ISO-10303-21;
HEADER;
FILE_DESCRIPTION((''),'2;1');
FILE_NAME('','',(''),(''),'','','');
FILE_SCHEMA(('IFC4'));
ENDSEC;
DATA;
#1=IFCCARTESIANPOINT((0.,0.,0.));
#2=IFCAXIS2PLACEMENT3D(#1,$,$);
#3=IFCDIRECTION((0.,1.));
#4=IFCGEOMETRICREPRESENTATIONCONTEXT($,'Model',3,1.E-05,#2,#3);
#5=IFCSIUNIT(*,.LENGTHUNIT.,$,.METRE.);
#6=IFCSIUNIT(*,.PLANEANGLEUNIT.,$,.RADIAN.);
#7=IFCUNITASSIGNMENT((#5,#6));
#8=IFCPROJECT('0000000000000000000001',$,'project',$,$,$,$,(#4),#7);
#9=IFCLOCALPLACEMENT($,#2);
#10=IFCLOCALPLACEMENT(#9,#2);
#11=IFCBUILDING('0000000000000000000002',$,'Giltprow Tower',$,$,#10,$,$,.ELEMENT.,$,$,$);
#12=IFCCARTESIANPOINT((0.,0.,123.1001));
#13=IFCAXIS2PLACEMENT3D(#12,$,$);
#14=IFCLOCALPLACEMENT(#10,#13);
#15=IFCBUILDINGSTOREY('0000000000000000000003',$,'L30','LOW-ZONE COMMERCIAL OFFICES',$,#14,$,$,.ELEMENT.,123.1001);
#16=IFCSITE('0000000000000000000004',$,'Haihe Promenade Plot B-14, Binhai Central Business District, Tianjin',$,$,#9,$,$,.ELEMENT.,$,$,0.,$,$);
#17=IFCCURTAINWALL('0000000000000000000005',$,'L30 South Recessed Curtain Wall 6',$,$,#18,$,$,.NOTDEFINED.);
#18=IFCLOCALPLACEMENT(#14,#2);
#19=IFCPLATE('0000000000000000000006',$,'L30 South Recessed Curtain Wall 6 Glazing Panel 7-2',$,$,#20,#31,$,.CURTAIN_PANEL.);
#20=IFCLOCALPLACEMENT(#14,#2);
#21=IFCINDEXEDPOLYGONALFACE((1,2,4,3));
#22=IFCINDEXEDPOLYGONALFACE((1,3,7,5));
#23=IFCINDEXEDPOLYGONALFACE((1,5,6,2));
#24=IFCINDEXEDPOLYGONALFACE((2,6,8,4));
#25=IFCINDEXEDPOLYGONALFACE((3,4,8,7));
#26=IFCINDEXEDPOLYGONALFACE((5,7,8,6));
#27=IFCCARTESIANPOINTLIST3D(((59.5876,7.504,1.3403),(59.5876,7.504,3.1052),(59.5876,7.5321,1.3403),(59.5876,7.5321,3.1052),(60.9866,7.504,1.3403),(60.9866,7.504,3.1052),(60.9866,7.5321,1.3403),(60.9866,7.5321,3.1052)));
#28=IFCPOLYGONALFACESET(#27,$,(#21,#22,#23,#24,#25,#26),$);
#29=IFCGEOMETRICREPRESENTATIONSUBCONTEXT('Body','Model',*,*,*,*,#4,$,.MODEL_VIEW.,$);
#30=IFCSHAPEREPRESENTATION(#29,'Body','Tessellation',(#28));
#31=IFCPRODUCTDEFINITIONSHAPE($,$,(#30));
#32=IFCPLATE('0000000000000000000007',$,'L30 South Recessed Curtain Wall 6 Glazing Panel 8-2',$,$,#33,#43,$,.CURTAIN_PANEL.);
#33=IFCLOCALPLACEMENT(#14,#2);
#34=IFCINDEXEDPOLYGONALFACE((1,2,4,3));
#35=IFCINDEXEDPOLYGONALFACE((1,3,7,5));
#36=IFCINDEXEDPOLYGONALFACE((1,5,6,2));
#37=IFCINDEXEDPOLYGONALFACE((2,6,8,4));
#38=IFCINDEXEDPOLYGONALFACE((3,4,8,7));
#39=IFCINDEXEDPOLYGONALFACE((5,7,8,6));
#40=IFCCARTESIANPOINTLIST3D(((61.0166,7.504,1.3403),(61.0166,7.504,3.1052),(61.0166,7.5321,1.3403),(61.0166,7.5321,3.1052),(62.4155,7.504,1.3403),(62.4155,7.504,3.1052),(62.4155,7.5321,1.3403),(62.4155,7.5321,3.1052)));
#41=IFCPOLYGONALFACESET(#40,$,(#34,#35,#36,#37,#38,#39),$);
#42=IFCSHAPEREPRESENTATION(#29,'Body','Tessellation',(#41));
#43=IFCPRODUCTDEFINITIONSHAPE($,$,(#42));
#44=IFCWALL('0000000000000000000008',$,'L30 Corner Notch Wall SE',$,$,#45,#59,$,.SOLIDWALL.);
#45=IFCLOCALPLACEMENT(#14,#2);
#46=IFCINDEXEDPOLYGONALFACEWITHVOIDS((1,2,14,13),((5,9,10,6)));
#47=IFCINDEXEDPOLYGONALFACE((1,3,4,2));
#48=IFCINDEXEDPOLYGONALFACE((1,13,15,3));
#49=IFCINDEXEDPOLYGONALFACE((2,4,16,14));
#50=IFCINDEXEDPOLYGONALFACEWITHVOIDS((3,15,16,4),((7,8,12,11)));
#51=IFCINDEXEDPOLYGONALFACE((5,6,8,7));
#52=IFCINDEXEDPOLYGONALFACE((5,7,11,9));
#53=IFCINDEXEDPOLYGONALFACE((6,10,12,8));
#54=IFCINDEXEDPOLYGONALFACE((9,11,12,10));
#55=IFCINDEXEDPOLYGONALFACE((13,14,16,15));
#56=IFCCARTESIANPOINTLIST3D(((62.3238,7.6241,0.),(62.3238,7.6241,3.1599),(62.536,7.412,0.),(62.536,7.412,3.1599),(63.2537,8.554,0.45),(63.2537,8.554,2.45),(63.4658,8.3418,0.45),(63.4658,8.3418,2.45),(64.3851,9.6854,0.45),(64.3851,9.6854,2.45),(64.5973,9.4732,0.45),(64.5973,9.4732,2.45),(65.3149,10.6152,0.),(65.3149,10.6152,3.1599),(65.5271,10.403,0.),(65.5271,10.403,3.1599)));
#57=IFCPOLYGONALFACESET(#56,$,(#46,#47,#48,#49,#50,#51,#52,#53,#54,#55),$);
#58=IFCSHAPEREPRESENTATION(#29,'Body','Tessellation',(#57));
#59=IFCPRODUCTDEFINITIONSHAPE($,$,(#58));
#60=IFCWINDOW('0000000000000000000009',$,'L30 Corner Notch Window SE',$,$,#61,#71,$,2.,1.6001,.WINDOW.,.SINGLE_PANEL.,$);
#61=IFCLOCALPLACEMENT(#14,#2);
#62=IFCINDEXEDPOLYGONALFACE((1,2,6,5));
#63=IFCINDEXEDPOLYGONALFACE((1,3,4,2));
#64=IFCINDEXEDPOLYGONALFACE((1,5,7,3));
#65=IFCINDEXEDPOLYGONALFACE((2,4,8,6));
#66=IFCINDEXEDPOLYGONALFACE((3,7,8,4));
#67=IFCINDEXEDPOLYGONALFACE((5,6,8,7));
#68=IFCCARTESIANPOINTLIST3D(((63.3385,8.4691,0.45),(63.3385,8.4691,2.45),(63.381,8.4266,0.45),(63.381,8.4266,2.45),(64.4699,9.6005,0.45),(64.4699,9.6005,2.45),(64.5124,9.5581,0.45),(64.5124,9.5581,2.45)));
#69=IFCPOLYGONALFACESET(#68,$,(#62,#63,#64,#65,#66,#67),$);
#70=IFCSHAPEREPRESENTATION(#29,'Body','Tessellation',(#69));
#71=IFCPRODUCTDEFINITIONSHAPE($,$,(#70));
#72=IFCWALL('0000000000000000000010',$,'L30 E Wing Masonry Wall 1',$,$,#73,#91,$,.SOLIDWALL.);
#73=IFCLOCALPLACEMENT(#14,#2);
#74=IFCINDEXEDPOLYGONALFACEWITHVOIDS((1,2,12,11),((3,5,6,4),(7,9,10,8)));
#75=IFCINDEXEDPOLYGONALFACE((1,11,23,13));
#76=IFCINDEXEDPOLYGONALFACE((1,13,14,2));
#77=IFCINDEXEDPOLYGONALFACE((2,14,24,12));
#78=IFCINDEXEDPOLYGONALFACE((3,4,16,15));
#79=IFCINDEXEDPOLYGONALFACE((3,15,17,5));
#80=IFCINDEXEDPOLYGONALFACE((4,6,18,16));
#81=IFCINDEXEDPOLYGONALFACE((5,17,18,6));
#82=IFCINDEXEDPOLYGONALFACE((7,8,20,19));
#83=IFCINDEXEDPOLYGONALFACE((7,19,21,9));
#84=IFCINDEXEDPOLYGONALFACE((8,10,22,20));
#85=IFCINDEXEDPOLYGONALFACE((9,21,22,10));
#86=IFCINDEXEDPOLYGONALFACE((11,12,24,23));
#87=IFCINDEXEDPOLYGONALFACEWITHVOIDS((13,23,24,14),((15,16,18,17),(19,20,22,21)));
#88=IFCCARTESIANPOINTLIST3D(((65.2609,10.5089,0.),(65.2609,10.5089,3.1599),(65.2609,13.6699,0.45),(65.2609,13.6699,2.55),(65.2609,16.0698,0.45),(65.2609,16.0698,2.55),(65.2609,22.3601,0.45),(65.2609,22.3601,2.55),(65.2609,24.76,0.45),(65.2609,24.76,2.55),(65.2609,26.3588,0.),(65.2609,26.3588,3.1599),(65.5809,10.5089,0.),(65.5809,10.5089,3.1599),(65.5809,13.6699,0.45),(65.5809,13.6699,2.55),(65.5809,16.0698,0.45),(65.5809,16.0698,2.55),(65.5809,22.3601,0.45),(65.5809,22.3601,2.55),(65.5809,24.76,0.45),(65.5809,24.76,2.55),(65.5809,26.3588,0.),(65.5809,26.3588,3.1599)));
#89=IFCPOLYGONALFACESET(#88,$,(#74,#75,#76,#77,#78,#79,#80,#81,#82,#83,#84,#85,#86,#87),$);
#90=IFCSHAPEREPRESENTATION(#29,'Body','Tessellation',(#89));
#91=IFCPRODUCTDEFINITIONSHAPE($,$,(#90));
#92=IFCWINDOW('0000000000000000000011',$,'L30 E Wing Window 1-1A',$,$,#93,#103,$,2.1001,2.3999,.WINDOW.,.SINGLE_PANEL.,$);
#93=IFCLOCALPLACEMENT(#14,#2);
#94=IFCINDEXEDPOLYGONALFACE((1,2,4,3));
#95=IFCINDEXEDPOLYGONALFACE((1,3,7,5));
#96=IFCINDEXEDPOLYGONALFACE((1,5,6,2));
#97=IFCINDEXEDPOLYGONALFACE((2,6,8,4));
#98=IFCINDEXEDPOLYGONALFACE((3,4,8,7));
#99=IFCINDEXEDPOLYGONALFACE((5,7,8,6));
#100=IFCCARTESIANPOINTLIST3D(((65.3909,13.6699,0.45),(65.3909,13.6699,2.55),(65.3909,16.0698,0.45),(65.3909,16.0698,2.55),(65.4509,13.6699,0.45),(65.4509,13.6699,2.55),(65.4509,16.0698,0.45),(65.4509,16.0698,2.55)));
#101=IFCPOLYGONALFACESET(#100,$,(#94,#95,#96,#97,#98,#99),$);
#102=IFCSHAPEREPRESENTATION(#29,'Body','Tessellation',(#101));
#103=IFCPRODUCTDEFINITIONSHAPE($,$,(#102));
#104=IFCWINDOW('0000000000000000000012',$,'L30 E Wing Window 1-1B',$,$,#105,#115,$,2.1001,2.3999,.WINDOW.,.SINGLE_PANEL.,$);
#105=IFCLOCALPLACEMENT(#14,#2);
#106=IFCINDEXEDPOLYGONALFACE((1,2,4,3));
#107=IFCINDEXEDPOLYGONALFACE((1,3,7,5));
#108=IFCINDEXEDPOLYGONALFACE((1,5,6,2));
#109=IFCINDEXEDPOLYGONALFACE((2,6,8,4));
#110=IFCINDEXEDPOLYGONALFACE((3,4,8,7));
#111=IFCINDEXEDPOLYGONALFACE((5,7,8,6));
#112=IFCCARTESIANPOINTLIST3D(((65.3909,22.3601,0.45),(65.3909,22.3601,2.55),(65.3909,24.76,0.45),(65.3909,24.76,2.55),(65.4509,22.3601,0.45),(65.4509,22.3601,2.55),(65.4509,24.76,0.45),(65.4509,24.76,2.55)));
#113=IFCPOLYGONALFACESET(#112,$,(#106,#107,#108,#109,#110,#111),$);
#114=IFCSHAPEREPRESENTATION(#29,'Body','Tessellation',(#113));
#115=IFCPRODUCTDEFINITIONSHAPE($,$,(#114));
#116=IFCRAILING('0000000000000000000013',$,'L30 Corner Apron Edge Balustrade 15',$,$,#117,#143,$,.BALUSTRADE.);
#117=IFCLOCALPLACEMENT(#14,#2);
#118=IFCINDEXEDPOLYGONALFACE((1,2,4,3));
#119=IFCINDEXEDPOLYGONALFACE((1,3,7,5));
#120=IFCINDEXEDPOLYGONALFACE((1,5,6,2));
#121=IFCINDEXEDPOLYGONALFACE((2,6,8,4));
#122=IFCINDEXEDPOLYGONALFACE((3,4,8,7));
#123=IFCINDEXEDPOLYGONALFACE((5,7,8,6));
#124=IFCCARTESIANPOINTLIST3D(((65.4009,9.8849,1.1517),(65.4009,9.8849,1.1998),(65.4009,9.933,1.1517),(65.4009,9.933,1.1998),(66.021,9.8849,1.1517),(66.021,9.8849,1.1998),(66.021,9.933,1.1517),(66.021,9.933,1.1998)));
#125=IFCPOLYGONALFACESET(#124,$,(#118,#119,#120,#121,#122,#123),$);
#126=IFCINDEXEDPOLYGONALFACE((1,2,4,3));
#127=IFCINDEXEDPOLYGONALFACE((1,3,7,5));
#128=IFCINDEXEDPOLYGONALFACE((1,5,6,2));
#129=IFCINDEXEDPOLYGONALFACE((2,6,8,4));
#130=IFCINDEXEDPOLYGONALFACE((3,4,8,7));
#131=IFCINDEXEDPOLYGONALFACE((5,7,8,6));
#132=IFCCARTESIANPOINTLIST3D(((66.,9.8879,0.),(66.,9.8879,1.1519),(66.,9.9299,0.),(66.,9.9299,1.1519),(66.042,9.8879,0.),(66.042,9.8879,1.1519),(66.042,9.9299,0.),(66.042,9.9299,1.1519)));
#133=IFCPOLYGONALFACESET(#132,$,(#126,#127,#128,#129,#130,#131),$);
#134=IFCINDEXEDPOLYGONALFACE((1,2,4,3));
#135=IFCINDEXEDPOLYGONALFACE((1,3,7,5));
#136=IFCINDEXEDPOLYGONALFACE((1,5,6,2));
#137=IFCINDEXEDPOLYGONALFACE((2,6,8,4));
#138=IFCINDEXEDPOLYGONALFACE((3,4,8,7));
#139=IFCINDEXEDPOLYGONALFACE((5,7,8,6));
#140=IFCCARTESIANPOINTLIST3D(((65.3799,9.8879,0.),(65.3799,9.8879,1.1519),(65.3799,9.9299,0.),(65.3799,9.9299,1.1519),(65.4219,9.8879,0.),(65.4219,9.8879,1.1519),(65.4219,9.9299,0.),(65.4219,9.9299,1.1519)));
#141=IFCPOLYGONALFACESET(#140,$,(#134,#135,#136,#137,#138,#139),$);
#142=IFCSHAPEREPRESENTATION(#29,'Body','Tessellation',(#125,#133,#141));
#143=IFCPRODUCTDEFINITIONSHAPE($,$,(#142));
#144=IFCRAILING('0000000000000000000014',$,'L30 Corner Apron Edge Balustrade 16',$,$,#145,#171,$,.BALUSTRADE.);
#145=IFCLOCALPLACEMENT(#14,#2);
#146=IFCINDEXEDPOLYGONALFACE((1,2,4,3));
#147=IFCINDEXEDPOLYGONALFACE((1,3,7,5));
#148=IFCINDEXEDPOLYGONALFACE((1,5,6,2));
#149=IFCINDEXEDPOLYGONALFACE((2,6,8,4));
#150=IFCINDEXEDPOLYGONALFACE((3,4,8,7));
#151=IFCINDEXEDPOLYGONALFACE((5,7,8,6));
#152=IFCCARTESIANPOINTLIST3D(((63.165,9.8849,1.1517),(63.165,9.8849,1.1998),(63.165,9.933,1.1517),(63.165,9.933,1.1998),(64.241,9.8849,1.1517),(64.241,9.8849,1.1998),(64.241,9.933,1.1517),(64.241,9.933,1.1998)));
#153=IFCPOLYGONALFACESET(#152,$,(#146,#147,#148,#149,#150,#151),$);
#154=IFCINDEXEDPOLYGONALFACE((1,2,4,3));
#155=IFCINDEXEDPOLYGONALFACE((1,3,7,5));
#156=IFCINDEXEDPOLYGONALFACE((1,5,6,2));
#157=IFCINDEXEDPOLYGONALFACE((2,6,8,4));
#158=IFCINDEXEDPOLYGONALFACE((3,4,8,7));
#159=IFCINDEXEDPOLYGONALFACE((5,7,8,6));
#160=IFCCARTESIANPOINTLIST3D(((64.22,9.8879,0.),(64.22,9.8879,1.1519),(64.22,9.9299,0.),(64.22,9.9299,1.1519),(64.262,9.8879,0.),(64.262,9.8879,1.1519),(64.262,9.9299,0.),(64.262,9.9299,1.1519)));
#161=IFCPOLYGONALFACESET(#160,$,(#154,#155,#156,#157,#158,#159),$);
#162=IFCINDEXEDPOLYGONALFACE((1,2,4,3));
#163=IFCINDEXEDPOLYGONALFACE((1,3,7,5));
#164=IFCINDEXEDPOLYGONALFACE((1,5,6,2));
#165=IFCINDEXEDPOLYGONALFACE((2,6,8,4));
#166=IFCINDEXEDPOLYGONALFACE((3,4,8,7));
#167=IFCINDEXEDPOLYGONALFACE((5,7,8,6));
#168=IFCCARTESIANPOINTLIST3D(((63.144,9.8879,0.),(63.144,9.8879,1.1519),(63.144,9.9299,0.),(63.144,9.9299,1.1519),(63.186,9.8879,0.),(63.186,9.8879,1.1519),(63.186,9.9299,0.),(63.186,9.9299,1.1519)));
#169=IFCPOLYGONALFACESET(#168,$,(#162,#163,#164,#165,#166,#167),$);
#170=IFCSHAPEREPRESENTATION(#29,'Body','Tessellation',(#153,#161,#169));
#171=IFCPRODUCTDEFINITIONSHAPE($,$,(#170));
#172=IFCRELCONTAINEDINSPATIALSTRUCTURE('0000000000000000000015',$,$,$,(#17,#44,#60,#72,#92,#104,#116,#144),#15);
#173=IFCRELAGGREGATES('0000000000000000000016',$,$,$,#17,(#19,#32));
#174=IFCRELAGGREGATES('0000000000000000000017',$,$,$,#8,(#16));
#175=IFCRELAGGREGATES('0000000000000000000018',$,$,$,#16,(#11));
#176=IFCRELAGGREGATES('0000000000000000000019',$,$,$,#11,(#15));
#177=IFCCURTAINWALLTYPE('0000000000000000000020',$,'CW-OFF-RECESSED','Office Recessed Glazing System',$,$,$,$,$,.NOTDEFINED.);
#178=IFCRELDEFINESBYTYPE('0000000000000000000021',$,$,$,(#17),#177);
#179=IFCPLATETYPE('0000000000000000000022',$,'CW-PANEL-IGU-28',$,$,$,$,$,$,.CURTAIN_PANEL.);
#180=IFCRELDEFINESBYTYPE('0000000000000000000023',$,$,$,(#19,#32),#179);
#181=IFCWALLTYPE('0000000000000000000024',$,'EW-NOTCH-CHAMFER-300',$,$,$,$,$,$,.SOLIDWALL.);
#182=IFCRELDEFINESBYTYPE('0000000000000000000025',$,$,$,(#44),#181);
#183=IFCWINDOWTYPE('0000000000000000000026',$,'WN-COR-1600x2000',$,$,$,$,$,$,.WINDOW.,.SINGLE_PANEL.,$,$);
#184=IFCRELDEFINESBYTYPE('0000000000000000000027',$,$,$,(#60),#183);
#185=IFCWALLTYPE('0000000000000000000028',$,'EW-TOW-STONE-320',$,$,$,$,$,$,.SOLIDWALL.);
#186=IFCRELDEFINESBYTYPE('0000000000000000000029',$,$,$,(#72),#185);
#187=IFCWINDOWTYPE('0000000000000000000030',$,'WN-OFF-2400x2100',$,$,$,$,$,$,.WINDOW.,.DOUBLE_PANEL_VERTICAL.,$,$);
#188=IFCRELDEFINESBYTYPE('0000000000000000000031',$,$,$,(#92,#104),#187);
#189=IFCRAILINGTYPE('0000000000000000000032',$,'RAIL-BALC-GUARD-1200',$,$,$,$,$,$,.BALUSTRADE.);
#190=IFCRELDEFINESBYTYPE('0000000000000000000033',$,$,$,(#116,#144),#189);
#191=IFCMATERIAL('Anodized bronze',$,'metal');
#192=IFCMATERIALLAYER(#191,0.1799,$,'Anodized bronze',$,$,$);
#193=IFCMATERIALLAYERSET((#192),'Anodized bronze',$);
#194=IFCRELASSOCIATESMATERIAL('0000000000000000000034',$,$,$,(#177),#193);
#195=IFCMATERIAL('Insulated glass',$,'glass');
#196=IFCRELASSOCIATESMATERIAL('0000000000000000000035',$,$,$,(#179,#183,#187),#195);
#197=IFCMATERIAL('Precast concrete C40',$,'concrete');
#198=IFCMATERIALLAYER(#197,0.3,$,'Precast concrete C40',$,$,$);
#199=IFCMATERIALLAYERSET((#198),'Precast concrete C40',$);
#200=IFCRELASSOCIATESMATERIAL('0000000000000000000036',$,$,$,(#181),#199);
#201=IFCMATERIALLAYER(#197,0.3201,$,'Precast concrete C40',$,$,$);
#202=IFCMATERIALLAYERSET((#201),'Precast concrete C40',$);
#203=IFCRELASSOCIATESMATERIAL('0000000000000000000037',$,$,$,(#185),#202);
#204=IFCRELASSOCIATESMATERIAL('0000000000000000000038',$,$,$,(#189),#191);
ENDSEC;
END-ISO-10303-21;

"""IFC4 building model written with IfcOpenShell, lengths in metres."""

from ifc_helpers import new_model, si_unit, direction, frame, frame_2d, origin, origin_2d, place, context, subcontext, project, spatial, rectangle, extrude, source, transform, mapped, material, layer, layer_set, type_object, element, fill, aggregate, save


model = new_model("IFC4")

# Units and contexts
model_context = context("Model", 3, precision=1e-05, world=origin(), true_north=direction((0.0, 1.0)))
body_context = subcontext(model_context, "Body", "Model", "MODEL_VIEW")
ifc_project = project(units=[si_unit("LENGTHUNIT", "METRE"), si_unit("PLANEANGLEUNIT", "RADIAN")], contexts=[model_context])

# Site, building, storey
site_placement = place(None, origin())
site = spatial("IfcSite", under=ifc_project, at=site_placement, Name="Haihe Promenade Plot B-14, Binhai Central Business District, Tianjin", CompositionType="ELEMENT", RefElevation=0.0)
building_placement = place(site_placement, origin())
building = spatial("IfcBuilding", under=site, at=building_placement, Name="Giltprow Tower", CompositionType="ELEMENT")
storey_placement = place(building_placement, frame((0.0, 0.0, 123.1001)))
storey = spatial("IfcBuildingStorey", under=building, at=storey_placement, Name="L30", Description="LOW-ZONE COMMERCIAL OFFICES", CompositionType="ELEMENT", Elevation=123.1001)

# Curtain wall, plates
ifc_material_1 = material(Name="Anodized bronze", Category="metal")
ifc_layer_1 = layer(ifc_material_1, 0.1799, Name="Anodized bronze")
ifc_layer_set_1 = layer_set([ifc_layer_1], Name="Anodized bronze")
curtain_wall_type = type_object("IfcCurtainWallType", Name="CW-OFF-RECESSED", Description="Office Recessed Glazing System", PredefinedType="NOTDEFINED", material=ifc_layer_set_1)
curtain_wall_placement = place(storey_placement, origin())
curtain_wall = element("IfcCurtainWall", 1, at=curtain_wall_placement, inside=storey, type_object=curtain_wall_type, Name="L30 South Recessed Curtain Wall 6", PredefinedType="NOTDEFINED")
ifc_material_2 = material(Name="Insulated glass", Category="glass")
plate_type = type_object("IfcPlateType", Name="CW-PANEL-IGU-28", PredefinedType="CURTAIN_PANEL", material=ifc_material_2)
shared_shape_1 = source(origin(), body_context, "Body", "SweptSolid", [
    extrude(rectangle(XDim=1.3989, YDim=0.0281, at=origin_2d()), origin(), (0.0, 0.0, 1.0), 1.7649),
])
plate_1_placement = place(storey_placement, frame((60.2871, 7.5181, 1.3403), z_axis=(0.0, 0.0, 1.0), x_axis=(1.0, 0.0, 0.0)))
plate_1 = element("IfcPlate", 2, at=plate_1_placement, type_object=plate_type, Name="L30 South Recessed Curtain Wall 6 Glazing Panel 7-2", PredefinedType="CURTAIN_PANEL", context=body_context, shape_type="MappedRepresentation", body=[
    mapped(shared_shape_1, transform((0.0, 0.0, 0.0), x_axis=(1.0, 0.0, 0.0), y_axis=(0.0, 1.0, 0.0), z_axis=(0.0, 0.0, 1.0), scale=1.0)),
])
plate_2_placement = place(storey_placement, frame((61.7161, 7.5181, 1.3403), z_axis=(0.0, 0.0, 1.0), x_axis=(1.0, 0.0, 0.0)))
plate_2 = element("IfcPlate", 3, at=plate_2_placement, type_object=plate_type, Name="L30 South Recessed Curtain Wall 6 Glazing Panel 8-2", PredefinedType="CURTAIN_PANEL", context=body_context, shape_type="MappedRepresentation", body=[
    mapped(shared_shape_1, transform((0.0, 0.0, 0.0), x_axis=(1.0, 0.0, 0.0), y_axis=(0.0, 1.0, 0.0), z_axis=(0.0, 0.0, 1.0), scale=1.0)),
])
aggregate(curtain_wall, [plate_1, plate_2])

# Wall, opening, window
ifc_material_3 = material(Name="Precast concrete C40", Category="concrete")
ifc_layer_2 = layer(ifc_material_3, 0.3, Name="Precast concrete C40")
ifc_layer_set_2 = layer_set([ifc_layer_2], Name="Precast concrete C40")
wall_type_1 = type_object("IfcWallType", Name="EW-NOTCH-CHAMFER-300", PredefinedType="SOLIDWALL", material=ifc_layer_set_2)
wall_1_placement = place(storey_placement, frame((62.4299, 7.5181, 0.0), z_axis=(0.0, 0.0, 1.0), x_axis=(0.707107, 0.707107, 0.0)))
wall_1 = element("IfcWall", 4, at=wall_1_placement, inside=storey, type_object=wall_type_1, Name="L30 Corner Notch Wall SE", PredefinedType="SOLIDWALL", context=body_context, shape_type="SweptSolid", body=[
    extrude(rectangle(XDim=4.23, YDim=0.3, at=frame_2d((2.115, 0.0))), origin(), (0.0, 0.0, 1.0), 3.1599),
])
opening_1_placement = place(wall_1_placement, frame((1.3149, 0.0, 0.45)))
opening_1 = element("IfcOpeningElement", 5, at=opening_1_placement, cuts=wall_1, PredefinedType="OPENING", context=body_context, shape_type="SweptSolid", body=[
    extrude(rectangle(XDim=1.6001, YDim=2.0, at=frame_2d((0.8, 1.0))), frame((0.0, 0.1599, 0.0), z_axis=(0.0, -1.0, 0.0), x_axis=(1.0, 0.0, 0.0)), (0.0, 0.0, 1.0), 0.3201),
])
window_type_1 = type_object("IfcWindowType", Name="WN-COR-1600x2000", PartitioningType="SINGLE_PANEL", PredefinedType="WINDOW", material=ifc_material_2)
shared_shape_2 = source(origin(), body_context, "Body", "SweptSolid", [
    extrude(rectangle(XDim=1.6001, YDim=2.0, at=frame_2d((0.8, 1.0))), frame((0.0, 0.03, 0.0), z_axis=(0.0, -1.0, 0.0), x_axis=(1.0, 0.0, 0.0)), (0.0, 0.0, 1.0), 0.0601),
])
window_1_placement = place(opening_1_placement, origin())
window_1 = element("IfcWindow", 6, at=window_1_placement, inside=storey, type_object=window_type_1, Name="L30 Corner Notch Window SE", OverallHeight=2.0, OverallWidth=1.6001, PartitioningType="SINGLE_PANEL", PredefinedType="WINDOW", context=body_context, shape_type="MappedRepresentation", body=[
    mapped(shared_shape_2, transform((0.0, 0.0, 0.0), x_axis=(1.0, 0.0, 0.0), y_axis=(0.0, 1.0, 0.0), z_axis=(0.0, 0.0, 1.0), scale=1.0)),
])
fill(opening_1, window_1)

# Wall, openings, windows
ifc_layer_3 = layer(ifc_material_3, 0.3201, Name="Precast concrete C40")
ifc_layer_set_3 = layer_set([ifc_layer_3], Name="Precast concrete C40")
wall_type_2 = type_object("IfcWallType", Name="EW-TOW-STONE-320", PredefinedType="SOLIDWALL", material=ifc_layer_set_3)
wall_2_placement = place(storey_placement, frame((65.4209, 10.509, 0.0), z_axis=(0.0, 0.0, 1.0), x_axis=(0.0, 1.0, 0.0)))
wall_2 = element("IfcWall", 7, at=wall_2_placement, inside=storey, type_object=wall_type_2, Name="L30 E Wing Masonry Wall 1", PredefinedType="SOLIDWALL", context=body_context, shape_type="SweptSolid", body=[
    extrude(rectangle(XDim=15.8499, YDim=0.3201, at=frame_2d((7.9248, 0.0))), origin(), (0.0, 0.0, 1.0), 3.1599),
])
opening_2_placement = place(wall_2_placement, frame((3.1609, 0.0, 0.45)))
opening_2 = element("IfcOpeningElement", 8, at=opening_2_placement, cuts=wall_2, PredefinedType="OPENING", context=body_context, shape_type="SweptSolid", body=[
    extrude(rectangle(XDim=2.3999, YDim=2.1001, at=frame_2d((1.2, 1.05))), frame((0.0, 0.1699, 0.0), z_axis=(0.0, -1.0, 0.0), x_axis=(1.0, 0.0, 0.0)), (0.0, 0.0, 1.0), 0.3401),
])
opening_3_placement = place(wall_2_placement, frame((11.8511, 0.0, 0.45)))
opening_3 = element("IfcOpeningElement", 9, at=opening_3_placement, cuts=wall_2, PredefinedType="OPENING", context=body_context, shape_type="SweptSolid", body=[
    extrude(rectangle(XDim=2.3999, YDim=2.1001, at=frame_2d((1.2, 1.05))), frame((0.0, 0.1699, 0.0), z_axis=(0.0, -1.0, 0.0), x_axis=(1.0, 0.0, 0.0)), (0.0, 0.0, 1.0), 0.3401),
])
window_type_2 = type_object("IfcWindowType", Name="WN-OFF-2400x2100", PartitioningType="DOUBLE_PANEL_VERTICAL", PredefinedType="WINDOW", material=ifc_material_2)
shared_shape_3 = source(origin(), body_context, "Body", "SweptSolid", [
    extrude(rectangle(XDim=2.3999, YDim=2.1001, at=frame_2d((1.2, 1.05))), frame((0.0, 0.03, 0.0), z_axis=(0.0, -1.0, 0.0), x_axis=(1.0, 0.0, 0.0)), (0.0, 0.0, 1.0), 0.0601),
])
window_2_placement = place(opening_2_placement, origin())
window_2 = element("IfcWindow", 10, at=window_2_placement, inside=storey, type_object=window_type_2, Name="L30 E Wing Window 1-1A", OverallHeight=2.1001, OverallWidth=2.3999, PartitioningType="SINGLE_PANEL", PredefinedType="WINDOW", context=body_context, shape_type="MappedRepresentation", body=[
    mapped(shared_shape_3, transform((0.0, 0.0, 0.0), x_axis=(1.0, 0.0, 0.0), y_axis=(0.0, 1.0, 0.0), z_axis=(0.0, 0.0, 1.0), scale=1.0)),
])
fill(opening_2, window_2)
window_3_placement = place(opening_3_placement, origin())
window_3 = element("IfcWindow", 11, at=window_3_placement, inside=storey, type_object=window_type_2, Name="L30 E Wing Window 1-1B", OverallHeight=2.1001, OverallWidth=2.3999, PartitioningType="SINGLE_PANEL", PredefinedType="WINDOW", context=body_context, shape_type="MappedRepresentation", body=[
    mapped(shared_shape_3, transform((0.0, 0.0, 0.0), x_axis=(1.0, 0.0, 0.0), y_axis=(0.0, 1.0, 0.0), z_axis=(0.0, 0.0, 1.0), scale=1.0)),
])
fill(opening_3, window_3)

# Railings
railing_type = type_object("IfcRailingType", Name="RAIL-BALC-GUARD-1200", PredefinedType="BALUSTRADE", material=ifc_material_1)
railing_1_placement = place(storey_placement, frame((66.021, 9.9089, 0.0)))
element("IfcRailing", 12, at=railing_1_placement, inside=storey, type_object=railing_type, Name="L30 Corner Apron Edge Balustrade 15", PredefinedType="BALUSTRADE", context=body_context, shape_type="SweptSolid", body=[
    extrude(rectangle(XDim=0.0481, YDim=0.0481, at=origin_2d()), frame((0.0, 0.0, 1.1758), z_axis=(-1.0, 0.0, 0.0), x_axis=(0.0, -1.0, 0.0)), (0.0, 0.0, 1.0), 0.6201),
    extrude(rectangle(XDim=0.042, YDim=0.042, at=origin_2d()), origin(), (0.0, 0.0, 1.0), 1.1519),
    extrude(rectangle(XDim=0.042, YDim=0.042, at=origin_2d()), frame((-0.6201, 0.0, 0.0)), (0.0, 0.0, 1.0), 1.1519),
])
railing_2_placement = place(storey_placement, frame((64.241, 9.9089, 0.0)))
element("IfcRailing", 13, at=railing_2_placement, inside=storey, type_object=railing_type, Name="L30 Corner Apron Edge Balustrade 16", PredefinedType="BALUSTRADE", context=body_context, shape_type="SweptSolid", body=[
    extrude(rectangle(XDim=0.0481, YDim=0.0481, at=origin_2d()), frame((0.0, 0.0, 1.1758), z_axis=(-1.0, 0.0, 0.0), x_axis=(0.0, -1.0, 0.0)), (0.0, 0.0, 1.0), 1.0759),
    extrude(rectangle(XDim=0.042, YDim=0.042, at=origin_2d()), origin(), (0.0, 0.0, 1.0), 1.1519),
    extrude(rectangle(XDim=0.042, YDim=0.042, at=origin_2d()), frame((-1.0759, 0.0, 0.0)), (0.0, 0.0, 1.0), 1.1519),
])

save(model, "model.ifc")
